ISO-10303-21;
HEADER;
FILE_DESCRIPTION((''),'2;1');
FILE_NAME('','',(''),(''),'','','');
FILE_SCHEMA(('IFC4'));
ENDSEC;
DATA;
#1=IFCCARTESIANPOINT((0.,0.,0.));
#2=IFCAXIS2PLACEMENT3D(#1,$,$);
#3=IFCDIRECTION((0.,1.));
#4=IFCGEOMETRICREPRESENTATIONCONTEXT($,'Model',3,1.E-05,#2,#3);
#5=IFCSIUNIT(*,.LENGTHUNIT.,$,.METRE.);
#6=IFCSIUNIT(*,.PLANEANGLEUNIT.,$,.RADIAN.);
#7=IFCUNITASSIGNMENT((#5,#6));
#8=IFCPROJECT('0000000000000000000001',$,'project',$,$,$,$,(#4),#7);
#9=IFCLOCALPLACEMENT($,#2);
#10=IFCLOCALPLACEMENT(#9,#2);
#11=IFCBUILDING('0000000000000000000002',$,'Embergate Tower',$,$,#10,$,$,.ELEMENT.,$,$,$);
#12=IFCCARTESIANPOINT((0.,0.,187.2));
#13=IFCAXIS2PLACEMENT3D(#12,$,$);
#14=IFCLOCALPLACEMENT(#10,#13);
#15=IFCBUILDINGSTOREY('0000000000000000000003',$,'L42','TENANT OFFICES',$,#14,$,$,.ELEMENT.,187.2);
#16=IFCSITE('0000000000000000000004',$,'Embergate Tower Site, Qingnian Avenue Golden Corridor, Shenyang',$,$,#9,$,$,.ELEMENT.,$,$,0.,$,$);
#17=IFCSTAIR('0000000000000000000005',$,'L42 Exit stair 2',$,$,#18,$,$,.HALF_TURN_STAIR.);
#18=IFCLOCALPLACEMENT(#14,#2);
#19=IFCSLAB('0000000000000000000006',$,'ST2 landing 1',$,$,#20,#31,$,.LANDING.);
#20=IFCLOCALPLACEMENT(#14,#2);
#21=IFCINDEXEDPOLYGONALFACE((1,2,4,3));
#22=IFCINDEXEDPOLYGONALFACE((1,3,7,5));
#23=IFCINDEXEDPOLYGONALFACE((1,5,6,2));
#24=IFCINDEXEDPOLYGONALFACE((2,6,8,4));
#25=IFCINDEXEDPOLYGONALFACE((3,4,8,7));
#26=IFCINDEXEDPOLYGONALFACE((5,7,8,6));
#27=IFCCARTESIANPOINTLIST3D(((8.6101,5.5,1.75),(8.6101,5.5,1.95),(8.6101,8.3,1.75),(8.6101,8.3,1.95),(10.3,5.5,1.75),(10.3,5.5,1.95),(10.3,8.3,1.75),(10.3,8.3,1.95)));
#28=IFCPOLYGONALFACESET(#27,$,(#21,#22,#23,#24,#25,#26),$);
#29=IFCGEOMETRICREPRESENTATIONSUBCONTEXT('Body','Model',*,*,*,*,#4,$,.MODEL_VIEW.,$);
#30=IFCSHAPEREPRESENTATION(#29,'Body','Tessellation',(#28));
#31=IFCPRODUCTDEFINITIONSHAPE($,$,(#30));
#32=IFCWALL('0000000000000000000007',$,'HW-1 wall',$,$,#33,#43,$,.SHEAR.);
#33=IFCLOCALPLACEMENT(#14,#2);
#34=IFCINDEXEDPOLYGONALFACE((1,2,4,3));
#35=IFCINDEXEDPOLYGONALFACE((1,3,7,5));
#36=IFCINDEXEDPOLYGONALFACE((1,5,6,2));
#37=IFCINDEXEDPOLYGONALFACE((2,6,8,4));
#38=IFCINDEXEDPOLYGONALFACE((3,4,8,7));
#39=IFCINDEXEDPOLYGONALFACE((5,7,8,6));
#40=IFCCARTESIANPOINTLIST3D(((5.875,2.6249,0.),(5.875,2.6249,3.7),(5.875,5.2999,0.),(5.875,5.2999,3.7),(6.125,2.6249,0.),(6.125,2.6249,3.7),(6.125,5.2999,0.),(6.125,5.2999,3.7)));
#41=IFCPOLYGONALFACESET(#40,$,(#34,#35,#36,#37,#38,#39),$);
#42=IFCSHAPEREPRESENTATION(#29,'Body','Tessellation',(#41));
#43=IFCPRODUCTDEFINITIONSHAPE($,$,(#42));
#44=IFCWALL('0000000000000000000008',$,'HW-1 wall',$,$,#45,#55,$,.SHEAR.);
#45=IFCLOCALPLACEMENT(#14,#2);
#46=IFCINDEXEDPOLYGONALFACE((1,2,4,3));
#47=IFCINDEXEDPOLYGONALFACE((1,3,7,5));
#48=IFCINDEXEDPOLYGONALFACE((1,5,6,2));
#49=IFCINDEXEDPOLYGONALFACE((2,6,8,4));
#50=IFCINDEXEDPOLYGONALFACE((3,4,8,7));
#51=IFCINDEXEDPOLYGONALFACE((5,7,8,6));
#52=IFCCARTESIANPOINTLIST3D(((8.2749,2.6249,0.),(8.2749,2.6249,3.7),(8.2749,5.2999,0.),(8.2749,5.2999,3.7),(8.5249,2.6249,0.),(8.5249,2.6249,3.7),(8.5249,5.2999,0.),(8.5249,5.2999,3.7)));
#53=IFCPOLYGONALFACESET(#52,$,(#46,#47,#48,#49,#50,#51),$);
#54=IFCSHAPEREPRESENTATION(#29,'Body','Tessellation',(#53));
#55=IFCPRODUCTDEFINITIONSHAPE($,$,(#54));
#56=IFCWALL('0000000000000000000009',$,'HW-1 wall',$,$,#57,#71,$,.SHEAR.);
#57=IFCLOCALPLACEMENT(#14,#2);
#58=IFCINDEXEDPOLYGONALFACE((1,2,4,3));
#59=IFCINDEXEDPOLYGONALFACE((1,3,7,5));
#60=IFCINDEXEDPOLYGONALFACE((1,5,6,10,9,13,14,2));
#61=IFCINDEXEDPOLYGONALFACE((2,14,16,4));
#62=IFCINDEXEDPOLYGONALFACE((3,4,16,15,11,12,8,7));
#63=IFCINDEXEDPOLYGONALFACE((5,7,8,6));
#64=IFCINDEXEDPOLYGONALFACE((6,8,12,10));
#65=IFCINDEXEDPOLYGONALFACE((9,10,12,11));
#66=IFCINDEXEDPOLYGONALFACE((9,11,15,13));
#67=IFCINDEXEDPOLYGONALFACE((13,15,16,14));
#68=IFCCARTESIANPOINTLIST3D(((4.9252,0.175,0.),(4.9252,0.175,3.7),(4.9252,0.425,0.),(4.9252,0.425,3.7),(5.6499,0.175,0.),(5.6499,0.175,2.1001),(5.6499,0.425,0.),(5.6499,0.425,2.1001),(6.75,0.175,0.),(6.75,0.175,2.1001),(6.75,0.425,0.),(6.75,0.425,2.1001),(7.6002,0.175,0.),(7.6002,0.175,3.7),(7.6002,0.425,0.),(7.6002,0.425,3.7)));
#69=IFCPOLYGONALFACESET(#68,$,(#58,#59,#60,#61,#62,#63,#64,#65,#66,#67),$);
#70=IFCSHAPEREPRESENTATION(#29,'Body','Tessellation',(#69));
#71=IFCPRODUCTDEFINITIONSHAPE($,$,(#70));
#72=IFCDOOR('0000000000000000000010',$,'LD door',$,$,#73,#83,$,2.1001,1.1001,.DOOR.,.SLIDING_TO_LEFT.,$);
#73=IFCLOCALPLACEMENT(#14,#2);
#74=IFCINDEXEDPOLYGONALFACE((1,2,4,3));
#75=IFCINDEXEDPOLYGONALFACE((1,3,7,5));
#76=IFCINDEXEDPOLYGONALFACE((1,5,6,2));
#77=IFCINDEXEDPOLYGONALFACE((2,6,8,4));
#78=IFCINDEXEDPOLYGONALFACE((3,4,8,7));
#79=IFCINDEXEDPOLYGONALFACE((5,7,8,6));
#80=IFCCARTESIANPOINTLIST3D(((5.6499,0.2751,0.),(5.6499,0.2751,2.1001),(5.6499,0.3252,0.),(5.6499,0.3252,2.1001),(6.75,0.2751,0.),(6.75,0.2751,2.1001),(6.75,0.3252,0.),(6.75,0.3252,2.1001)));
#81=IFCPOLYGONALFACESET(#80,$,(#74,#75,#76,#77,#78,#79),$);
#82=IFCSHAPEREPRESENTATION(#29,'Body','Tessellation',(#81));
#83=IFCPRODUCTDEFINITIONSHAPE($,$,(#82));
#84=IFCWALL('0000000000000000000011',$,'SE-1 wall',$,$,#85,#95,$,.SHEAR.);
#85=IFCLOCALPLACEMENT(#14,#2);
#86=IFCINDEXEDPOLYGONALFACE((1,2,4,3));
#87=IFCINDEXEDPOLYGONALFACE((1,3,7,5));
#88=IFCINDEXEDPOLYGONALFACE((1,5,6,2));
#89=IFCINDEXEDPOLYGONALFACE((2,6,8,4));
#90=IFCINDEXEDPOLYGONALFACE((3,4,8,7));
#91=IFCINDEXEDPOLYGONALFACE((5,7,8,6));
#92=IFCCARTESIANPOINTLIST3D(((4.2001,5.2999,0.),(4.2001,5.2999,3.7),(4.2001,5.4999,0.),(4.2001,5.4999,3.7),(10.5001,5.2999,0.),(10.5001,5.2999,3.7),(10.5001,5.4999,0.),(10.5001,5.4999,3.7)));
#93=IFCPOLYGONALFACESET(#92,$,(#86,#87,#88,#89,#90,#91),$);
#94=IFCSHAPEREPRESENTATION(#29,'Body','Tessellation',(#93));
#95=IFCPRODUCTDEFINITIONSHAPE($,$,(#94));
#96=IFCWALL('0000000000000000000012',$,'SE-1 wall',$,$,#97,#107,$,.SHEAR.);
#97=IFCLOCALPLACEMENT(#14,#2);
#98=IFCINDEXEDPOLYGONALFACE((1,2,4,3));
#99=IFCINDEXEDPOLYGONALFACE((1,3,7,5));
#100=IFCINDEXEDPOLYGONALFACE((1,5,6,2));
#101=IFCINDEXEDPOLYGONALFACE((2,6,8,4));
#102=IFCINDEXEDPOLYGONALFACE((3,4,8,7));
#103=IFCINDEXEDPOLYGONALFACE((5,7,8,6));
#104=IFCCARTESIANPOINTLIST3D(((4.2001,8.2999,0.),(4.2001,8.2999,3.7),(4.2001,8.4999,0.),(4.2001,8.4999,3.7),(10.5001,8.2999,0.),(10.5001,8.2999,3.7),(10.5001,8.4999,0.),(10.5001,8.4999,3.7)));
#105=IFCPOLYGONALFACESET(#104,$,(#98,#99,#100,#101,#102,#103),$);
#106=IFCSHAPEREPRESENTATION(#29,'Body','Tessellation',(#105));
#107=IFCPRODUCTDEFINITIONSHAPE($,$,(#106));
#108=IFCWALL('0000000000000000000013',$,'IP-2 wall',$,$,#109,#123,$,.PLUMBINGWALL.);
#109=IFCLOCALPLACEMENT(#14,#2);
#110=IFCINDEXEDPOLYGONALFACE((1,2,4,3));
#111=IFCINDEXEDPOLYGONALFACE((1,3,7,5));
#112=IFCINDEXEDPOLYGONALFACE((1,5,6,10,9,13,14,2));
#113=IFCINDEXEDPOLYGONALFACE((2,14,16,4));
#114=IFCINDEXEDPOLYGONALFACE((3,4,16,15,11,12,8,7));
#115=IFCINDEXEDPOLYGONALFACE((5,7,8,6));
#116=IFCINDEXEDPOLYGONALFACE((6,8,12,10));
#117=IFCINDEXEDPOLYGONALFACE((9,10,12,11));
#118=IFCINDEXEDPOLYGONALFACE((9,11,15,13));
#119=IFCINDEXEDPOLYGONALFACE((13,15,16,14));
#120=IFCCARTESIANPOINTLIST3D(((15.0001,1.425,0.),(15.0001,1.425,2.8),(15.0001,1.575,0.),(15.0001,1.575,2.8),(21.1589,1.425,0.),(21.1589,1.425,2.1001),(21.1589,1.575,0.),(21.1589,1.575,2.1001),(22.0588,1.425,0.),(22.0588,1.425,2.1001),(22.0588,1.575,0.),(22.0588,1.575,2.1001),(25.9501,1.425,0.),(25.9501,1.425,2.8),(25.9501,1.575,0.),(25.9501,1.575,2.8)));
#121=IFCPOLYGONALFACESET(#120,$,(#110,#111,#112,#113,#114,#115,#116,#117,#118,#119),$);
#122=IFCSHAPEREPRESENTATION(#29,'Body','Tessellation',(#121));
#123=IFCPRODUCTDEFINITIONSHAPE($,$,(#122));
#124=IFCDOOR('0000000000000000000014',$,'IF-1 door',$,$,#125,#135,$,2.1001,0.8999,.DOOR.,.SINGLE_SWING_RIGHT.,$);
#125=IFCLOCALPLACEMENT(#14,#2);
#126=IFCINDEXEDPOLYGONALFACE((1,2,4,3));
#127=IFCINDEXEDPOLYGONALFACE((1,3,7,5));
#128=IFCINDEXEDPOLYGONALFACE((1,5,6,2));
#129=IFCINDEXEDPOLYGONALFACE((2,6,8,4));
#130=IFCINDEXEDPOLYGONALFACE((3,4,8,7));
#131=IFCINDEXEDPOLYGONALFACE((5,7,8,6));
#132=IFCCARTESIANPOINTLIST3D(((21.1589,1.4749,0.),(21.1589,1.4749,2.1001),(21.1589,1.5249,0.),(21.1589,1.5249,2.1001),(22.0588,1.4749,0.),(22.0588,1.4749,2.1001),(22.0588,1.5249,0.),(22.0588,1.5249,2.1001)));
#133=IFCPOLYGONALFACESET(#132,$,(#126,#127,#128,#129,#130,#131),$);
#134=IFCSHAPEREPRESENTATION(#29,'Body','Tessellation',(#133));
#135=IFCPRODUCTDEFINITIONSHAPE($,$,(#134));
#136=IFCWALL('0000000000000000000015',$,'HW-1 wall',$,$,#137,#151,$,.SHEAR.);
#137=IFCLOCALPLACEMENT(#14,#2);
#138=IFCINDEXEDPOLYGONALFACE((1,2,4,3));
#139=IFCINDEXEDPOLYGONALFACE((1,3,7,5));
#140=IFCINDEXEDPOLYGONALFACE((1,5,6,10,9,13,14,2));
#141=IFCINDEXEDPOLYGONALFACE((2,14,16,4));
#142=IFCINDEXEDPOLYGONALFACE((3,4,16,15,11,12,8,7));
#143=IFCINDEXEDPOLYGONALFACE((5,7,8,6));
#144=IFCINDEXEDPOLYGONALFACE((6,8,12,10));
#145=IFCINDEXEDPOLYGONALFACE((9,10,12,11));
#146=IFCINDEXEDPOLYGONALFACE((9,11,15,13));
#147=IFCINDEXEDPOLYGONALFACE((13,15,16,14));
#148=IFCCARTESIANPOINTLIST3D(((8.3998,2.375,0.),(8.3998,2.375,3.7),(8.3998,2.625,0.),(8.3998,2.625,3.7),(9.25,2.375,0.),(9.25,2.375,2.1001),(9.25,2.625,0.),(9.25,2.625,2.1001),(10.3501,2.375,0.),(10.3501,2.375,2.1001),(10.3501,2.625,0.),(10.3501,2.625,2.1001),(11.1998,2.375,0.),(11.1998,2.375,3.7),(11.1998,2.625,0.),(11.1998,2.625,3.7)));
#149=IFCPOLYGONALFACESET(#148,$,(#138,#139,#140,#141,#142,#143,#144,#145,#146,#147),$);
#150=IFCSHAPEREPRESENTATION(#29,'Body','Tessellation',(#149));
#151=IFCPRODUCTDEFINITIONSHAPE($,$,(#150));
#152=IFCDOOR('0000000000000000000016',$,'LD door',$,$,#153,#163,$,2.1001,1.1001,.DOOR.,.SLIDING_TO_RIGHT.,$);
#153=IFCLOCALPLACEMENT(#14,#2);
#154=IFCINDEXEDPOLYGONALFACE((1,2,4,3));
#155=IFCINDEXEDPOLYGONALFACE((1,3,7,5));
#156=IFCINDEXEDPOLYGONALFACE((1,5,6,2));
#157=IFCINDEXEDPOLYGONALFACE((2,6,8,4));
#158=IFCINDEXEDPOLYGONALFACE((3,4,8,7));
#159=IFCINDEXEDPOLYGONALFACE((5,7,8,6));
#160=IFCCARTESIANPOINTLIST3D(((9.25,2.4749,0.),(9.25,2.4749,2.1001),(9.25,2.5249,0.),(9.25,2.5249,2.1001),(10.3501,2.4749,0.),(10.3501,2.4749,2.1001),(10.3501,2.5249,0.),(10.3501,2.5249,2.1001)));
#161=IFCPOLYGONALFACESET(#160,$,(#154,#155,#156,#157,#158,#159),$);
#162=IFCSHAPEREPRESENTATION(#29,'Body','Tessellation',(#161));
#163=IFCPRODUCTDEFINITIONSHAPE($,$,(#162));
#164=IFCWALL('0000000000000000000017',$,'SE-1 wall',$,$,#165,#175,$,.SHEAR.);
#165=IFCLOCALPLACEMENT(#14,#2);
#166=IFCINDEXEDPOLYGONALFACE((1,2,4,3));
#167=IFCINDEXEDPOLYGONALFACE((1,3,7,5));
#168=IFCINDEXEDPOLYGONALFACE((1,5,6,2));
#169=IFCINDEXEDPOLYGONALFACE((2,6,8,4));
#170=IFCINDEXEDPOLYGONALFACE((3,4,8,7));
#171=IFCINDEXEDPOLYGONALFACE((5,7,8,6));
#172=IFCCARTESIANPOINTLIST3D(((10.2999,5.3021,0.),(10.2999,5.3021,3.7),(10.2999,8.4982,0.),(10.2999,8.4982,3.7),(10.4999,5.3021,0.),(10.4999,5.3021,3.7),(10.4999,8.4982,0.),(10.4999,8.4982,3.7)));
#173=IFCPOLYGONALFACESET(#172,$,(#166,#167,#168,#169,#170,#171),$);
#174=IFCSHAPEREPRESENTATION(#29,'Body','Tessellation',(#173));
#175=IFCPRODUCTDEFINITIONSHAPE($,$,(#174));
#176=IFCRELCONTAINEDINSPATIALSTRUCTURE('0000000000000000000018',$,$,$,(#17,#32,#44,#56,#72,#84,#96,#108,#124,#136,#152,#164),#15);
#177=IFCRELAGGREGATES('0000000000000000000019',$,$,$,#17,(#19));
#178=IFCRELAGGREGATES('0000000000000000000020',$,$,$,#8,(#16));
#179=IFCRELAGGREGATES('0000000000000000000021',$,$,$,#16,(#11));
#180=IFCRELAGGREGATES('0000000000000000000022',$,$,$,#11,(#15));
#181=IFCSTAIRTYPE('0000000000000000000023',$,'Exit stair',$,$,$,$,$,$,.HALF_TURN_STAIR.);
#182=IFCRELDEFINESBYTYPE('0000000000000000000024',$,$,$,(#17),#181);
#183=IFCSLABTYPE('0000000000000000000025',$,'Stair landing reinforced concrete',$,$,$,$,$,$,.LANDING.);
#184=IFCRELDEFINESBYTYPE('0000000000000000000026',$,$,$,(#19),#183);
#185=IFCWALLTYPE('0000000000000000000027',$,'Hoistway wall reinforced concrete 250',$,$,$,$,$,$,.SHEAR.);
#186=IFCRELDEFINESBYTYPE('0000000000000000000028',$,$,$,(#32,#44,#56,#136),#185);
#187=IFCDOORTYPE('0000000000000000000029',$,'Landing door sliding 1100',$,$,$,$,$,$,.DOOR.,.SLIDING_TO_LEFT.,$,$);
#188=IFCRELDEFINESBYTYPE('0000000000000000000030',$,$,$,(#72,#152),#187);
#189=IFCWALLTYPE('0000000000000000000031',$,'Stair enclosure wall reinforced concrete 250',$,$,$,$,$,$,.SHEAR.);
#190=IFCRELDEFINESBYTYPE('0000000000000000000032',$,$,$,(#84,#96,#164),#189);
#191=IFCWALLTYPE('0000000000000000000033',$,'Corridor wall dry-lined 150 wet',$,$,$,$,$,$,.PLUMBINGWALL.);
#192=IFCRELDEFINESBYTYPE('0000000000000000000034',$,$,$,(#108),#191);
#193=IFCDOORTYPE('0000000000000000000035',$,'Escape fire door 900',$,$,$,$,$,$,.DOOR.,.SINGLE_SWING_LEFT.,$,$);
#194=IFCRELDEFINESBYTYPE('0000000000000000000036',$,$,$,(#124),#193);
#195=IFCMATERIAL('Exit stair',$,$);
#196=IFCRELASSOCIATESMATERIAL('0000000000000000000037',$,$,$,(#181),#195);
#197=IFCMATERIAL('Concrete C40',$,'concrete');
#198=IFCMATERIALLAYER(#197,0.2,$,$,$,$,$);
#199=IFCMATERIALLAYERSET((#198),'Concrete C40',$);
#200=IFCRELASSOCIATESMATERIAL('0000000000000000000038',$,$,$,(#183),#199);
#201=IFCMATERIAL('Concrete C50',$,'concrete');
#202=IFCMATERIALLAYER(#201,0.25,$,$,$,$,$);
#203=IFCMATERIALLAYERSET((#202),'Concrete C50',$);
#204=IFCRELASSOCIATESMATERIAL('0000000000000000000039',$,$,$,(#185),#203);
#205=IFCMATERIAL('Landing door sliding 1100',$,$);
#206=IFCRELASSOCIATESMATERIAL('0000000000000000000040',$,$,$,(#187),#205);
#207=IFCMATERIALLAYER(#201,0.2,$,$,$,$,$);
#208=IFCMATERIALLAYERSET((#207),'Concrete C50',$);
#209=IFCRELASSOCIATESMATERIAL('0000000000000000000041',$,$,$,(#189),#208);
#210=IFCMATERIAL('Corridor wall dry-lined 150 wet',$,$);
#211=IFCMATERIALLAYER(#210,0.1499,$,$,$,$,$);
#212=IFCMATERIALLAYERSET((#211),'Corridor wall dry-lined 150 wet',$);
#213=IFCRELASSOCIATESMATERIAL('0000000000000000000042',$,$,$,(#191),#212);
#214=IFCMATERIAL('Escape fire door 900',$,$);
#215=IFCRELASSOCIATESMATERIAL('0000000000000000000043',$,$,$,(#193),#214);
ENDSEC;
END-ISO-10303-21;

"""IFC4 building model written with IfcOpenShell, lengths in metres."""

from ifc_helpers import new_model, si_unit, direction, frame, frame_2d, origin, place, context, subcontext, project, spatial, polyline, rectangle, outline, extrude, source, transform, mapped, material, layer, layer_set, type_object, element, fill, aggregate, save


model = new_model("IFC4")

# Units and contexts
model_context = context("Model", 3, precision=1e-05, world=origin(), true_north=direction((0.0, 1.0)))
body_context = subcontext(model_context, "Body", "Model", "MODEL_VIEW")
ifc_project = project(units=[si_unit("LENGTHUNIT", "METRE"), si_unit("PLANEANGLEUNIT", "RADIAN")], contexts=[model_context])

# Site, building, storey
site_placement = place(None, origin())
site = spatial("IfcSite", under=ifc_project, at=site_placement, Name="Embergate Tower Site, Qingnian Avenue Golden Corridor, Shenyang", CompositionType="ELEMENT", RefElevation=0.0)
building_placement = place(site_placement, origin())
building = spatial("IfcBuilding", under=site, at=building_placement, Name="Embergate Tower", CompositionType="ELEMENT")
storey_placement = place(building_placement, frame((0.0, 0.0, 187.2)))
storey = spatial("IfcBuildingStorey", under=building, at=storey_placement, Name="L42", Description="TENANT OFFICES", CompositionType="ELEMENT", Elevation=187.2)

# Stair, slab
ifc_material_1 = material(Name="Exit stair")
stair_type = type_object("IfcStairType", Name="Exit stair", PredefinedType="HALF_TURN_STAIR", material=ifc_material_1)
stair_placement = place(storey_placement, origin())
stair = element("IfcStair", 1, at=stair_placement, inside=storey, type_object=stair_type, Name="L42 Exit stair 2", PredefinedType="HALF_TURN_STAIR")
ifc_material_2 = material(Name="Concrete C40", Category="concrete")
ifc_layer_1 = layer(ifc_material_2, 0.2)
ifc_layer_set_1 = layer_set([ifc_layer_1], Name="Concrete C40")
slab_type = type_object("IfcSlabType", Name="Stair landing reinforced concrete", PredefinedType="LANDING", material=ifc_layer_set_1)
shared_shape_1 = source(origin(), body_context, "Body", "SweptSolid", [
    extrude(outline(polyline([(0.0, 0.0), (1.6899, 0.0), (1.6899, 2.8), (0.0, 2.8), (0.0, 0.0)])), origin(), (0.0, 0.0, 1.0), 0.2),
])
slab_placement = place(storey_placement, frame((8.6101, 5.5, 1.75)))
slab = element("IfcSlab", 2, at=slab_placement, type_object=slab_type, Name="ST2 landing 1", PredefinedType="LANDING", context=body_context, shape_type="MappedRepresentation", body=[
    mapped(shared_shape_1, transform((0.0, 0.0, 0.0))),
])

# Walls
ifc_material_3 = material(Name="Concrete C50", Category="concrete")
ifc_layer_2 = layer(ifc_material_3, 0.25)
ifc_layer_set_2 = layer_set([ifc_layer_2], Name="Concrete C50")
wall_type_1 = type_object("IfcWallType", Name="Hoistway wall reinforced concrete 250", PredefinedType="SHEAR", material=ifc_layer_set_2)
shared_shape_2 = source(origin(), body_context, "Body", "SweptSolid", [
    extrude(rectangle(XDim=2.675, YDim=0.25, at=frame_2d((1.3374, 0.0))), origin(), (0.0, 0.0, 1.0), 3.7),
])
for number, where, z_axis, x_axis, name in (
    (3, (6.0, 2.625, 0.0), (0.0, 0.0, 1.0), (0.0, 1.0, 0.0), "HW-1 wall"),
    (4, (8.3999, 2.625, 0.0), (0.0, 0.0, 1.0), (0.0, 1.0, 0.0), "HW-1 wall"),
):
    element("IfcWall", number, at=place(storey_placement, frame(where, z_axis=z_axis, x_axis=x_axis)), inside=storey, type_object=wall_type_1, Name=name, PredefinedType="SHEAR", context=body_context, shape_type="MappedRepresentation", body=[
        mapped(shared_shape_2, transform((0.0, 0.0, 0.0))),
    ])

# Wall, opening, door
wall_1_placement = place(storey_placement, frame((7.6001, 0.3, 0.0), z_axis=(0.0, 0.0, 1.0), x_axis=(-1.0, 0.0, 0.0)))
wall_1 = element("IfcWall", 5, at=wall_1_placement, inside=storey, type_object=wall_type_1, Name="HW-1 wall", PredefinedType="SHEAR", context=body_context, shape_type="MappedRepresentation", body=[
    mapped(shared_shape_2, transform((0.0, 0.0, 0.0))),
])
shared_shape_3 = source(origin(), body_context, "Body", "SweptSolid", [
    extrude(rectangle(XDim=1.1001, YDim=2.1001, at=frame_2d((0.55, 1.05))), frame((0.0, 0.135, 0.0), z_axis=(0.0, -1.0, 0.0), x_axis=(1.0, 0.0, 0.0)), (0.0, 0.0, 1.0), 0.27),
])
opening_1_placement = place(wall_1_placement, frame((0.8501, 0.0, 0.0)))
opening_1 = element("IfcOpeningElement", 6, at=opening_1_placement, cuts=wall_1, PredefinedType="OPENING", context=body_context, shape_type="MappedRepresentation", body=[
    mapped(shared_shape_3, transform((0.0, 0.0, 0.0))),
])
ifc_material_4 = material(Name="Landing door sliding 1100")
door_type_1 = type_object("IfcDoorType", Name="Landing door sliding 1100", OperationType="SLIDING_TO_LEFT", PredefinedType="DOOR", material=ifc_material_4)
shared_shape_4 = source(origin(), body_context, "Body", "SweptSolid", [
    extrude(rectangle(XDim=1.1001, YDim=2.1001, at=frame_2d((0.55, 1.05))), frame((0.0, 0.0249, 0.0), z_axis=(0.0, -1.0, 0.0), x_axis=(1.0, 0.0, 0.0)), (0.0, 0.0, 1.0), 0.05),
])
door_1_placement = place(opening_1_placement, origin())
door_1 = element("IfcDoor", 7, at=door_1_placement, inside=storey, type_object=door_type_1, Name="LD door", OperationType="SLIDING_TO_LEFT", OverallHeight=2.1001, OverallWidth=1.1001, PredefinedType="DOOR", context=body_context, shape_type="MappedRepresentation", body=[
    mapped(shared_shape_4, transform((0.0, 0.0, 0.0))),
])
fill(opening_1, door_1)

# Walls
ifc_layer_3 = layer(ifc_material_3, 0.2)
ifc_layer_set_3 = layer_set([ifc_layer_3], Name="Concrete C50")
wall_type_2 = type_object("IfcWallType", Name="Stair enclosure wall reinforced concrete 250", PredefinedType="SHEAR", material=ifc_layer_set_3)
shared_shape_5 = source(origin(), body_context, "Body", "SweptSolid", [
    extrude(rectangle(XDim=6.3, YDim=0.2, at=frame_2d((3.1499, 0.0))), origin(), (0.0, 0.0, 1.0), 3.7),
])
for number, where, z_axis, x_axis, name in (
    (8, (10.5, 5.3999, 0.0), (0.0, 0.0, 1.0), (-1.0, 0.0, 0.0), "SE-1 wall"),
    (9, (10.5, 8.3999, 0.0), (0.0, 0.0, 1.0), (-1.0, 0.0, 0.0), "SE-1 wall"),
):
    element("IfcWall", number, at=place(storey_placement, frame(where, z_axis=z_axis, x_axis=x_axis)), inside=storey, type_object=wall_type_2, Name=name, PredefinedType="SHEAR", context=body_context, shape_type="MappedRepresentation", body=[
        mapped(shared_shape_5, transform((0.0, 0.0, 0.0))),
    ])

# Walls, openings, doors
ifc_material_5 = material(Name="Corridor wall dry-lined 150 wet")
ifc_layer_4 = layer(ifc_material_5, 0.1499)
ifc_layer_set_4 = layer_set([ifc_layer_4], Name="Corridor wall dry-lined 150 wet")
wall_type_3 = type_object("IfcWallType", Name="Corridor wall dry-lined 150 wet", PredefinedType="PLUMBINGWALL", material=ifc_layer_set_4)
shared_shape_6 = source(origin(), body_context, "Body", "SweptSolid", [
    extrude(rectangle(XDim=10.95, YDim=0.1499, at=frame_2d((5.4751, 0.0))), origin(), (0.0, 0.0, 1.0), 2.8),
])
wall_2_placement = place(storey_placement, frame((15.0, 1.5, 0.0), z_axis=(0.0, 0.0, 1.0), x_axis=(1.0, 0.0, 0.0)))
wall_2 = element("IfcWall", 10, at=wall_2_placement, inside=storey, type_object=wall_type_3, Name="IP-2 wall", PredefinedType="PLUMBINGWALL", context=body_context, shape_type="MappedRepresentation", body=[
    mapped(shared_shape_6, transform((0.0, 0.0, 0.0))),
])
shared_shape_7 = source(origin(), body_context, "Body", "SweptSolid", [
    extrude(rectangle(XDim=0.8999, YDim=2.1001, at=frame_2d((0.45, 1.05))), frame((0.0, 0.085, 0.0), z_axis=(0.0, -1.0, 0.0), x_axis=(1.0, 0.0, 0.0)), (0.0, 0.0, 1.0), 0.1699),
])
opening_2_placement = place(wall_2_placement, frame((6.1589, 0.0, 0.0)))
opening_2 = element("IfcOpeningElement", 11, at=opening_2_placement, cuts=wall_2, PredefinedType="OPENING", context=body_context, shape_type="MappedRepresentation", body=[
    mapped(shared_shape_7, transform((0.0, 0.0, 0.0))),
])
ifc_material_6 = material(Name="Escape fire door 900")
door_type_2 = type_object("IfcDoorType", Name="Escape fire door 900", OperationType="SINGLE_SWING_LEFT", PredefinedType="DOOR", material=ifc_material_6)
shared_shape_8 = source(origin(), body_context, "Body", "SweptSolid", [
    extrude(rectangle(XDim=0.8999, YDim=2.1001, at=frame_2d((0.45, 1.05))), frame((0.0, 0.0249, 0.0), z_axis=(0.0, -1.0, 0.0), x_axis=(1.0, 0.0, 0.0)), (0.0, 0.0, 1.0), 0.05),
])
door_2_placement = place(opening_2_placement, origin())
door_2 = element("IfcDoor", 12, at=door_2_placement, inside=storey, type_object=door_type_2, Name="IF-1 door", OperationType="SINGLE_SWING_RIGHT", OverallHeight=2.1001, OverallWidth=0.8999, PredefinedType="DOOR", context=body_context, shape_type="MappedRepresentation", body=[
    mapped(shared_shape_8, transform((0.0, 0.0, 0.0))),
])
fill(opening_2, door_2)
shared_shape_9 = source(origin(), body_context, "Body", "SweptSolid", [
    extrude(rectangle(XDim=2.8, YDim=0.25, at=frame_2d((1.3999, 0.0))), origin(), (0.0, 0.0, 1.0), 3.7),
])
wall_3_placement = place(storey_placement, frame((8.3999, 2.5, 0.0), z_axis=(0.0, 0.0, 1.0), x_axis=(1.0, 0.0, 0.0)))
wall_3 = element("IfcWall", 13, at=wall_3_placement, inside=storey, type_object=wall_type_1, Name="HW-1 wall", PredefinedType="SHEAR", context=body_context, shape_type="MappedRepresentation", body=[
    mapped(shared_shape_9, transform((0.0, 0.0, 0.0))),
])
opening_3_placement = place(wall_3_placement, frame((0.8501, 0.0, 0.0)))
opening_3 = element("IfcOpeningElement", 14, at=opening_3_placement, cuts=wall_3, PredefinedType="OPENING", context=body_context, shape_type="MappedRepresentation", body=[
    mapped(shared_shape_3, transform((0.0, 0.0, 0.0))),
])
door_3_placement = place(opening_3_placement, origin())
door_3 = element("IfcDoor", 15, at=door_3_placement, inside=storey, type_object=door_type_1, Name="LD door", OperationType="SLIDING_TO_RIGHT", OverallHeight=2.1001, OverallWidth=1.1001, PredefinedType="DOOR", context=body_context, shape_type="MappedRepresentation", body=[
    mapped(shared_shape_4, transform((0.0, 0.0, 0.0))),
])
fill(opening_3, door_3)

# Wall
shared_shape_10 = source(origin(), body_context, "Body", "SweptSolid", [
    extrude(rectangle(XDim=3.196, YDim=0.2, at=frame_2d((1.5981, 0.0))), origin(), (0.0, 0.0, 1.0), 3.7),
])
wall_4_placement = place(storey_placement, frame((10.3999, 5.302, 0.0), z_axis=(0.0, 0.0, 1.0), x_axis=(0.0, 1.0, 0.0)))
element("IfcWall", 16, at=wall_4_placement, inside=storey, type_object=wall_type_2, Name="SE-1 wall", PredefinedType="SHEAR", context=body_context, shape_type="MappedRepresentation", body=[
    mapped(shared_shape_10, transform((0.0, 0.0, 0.0))),
])

aggregate(stair, [slab])

save(model, "model.ifc")
